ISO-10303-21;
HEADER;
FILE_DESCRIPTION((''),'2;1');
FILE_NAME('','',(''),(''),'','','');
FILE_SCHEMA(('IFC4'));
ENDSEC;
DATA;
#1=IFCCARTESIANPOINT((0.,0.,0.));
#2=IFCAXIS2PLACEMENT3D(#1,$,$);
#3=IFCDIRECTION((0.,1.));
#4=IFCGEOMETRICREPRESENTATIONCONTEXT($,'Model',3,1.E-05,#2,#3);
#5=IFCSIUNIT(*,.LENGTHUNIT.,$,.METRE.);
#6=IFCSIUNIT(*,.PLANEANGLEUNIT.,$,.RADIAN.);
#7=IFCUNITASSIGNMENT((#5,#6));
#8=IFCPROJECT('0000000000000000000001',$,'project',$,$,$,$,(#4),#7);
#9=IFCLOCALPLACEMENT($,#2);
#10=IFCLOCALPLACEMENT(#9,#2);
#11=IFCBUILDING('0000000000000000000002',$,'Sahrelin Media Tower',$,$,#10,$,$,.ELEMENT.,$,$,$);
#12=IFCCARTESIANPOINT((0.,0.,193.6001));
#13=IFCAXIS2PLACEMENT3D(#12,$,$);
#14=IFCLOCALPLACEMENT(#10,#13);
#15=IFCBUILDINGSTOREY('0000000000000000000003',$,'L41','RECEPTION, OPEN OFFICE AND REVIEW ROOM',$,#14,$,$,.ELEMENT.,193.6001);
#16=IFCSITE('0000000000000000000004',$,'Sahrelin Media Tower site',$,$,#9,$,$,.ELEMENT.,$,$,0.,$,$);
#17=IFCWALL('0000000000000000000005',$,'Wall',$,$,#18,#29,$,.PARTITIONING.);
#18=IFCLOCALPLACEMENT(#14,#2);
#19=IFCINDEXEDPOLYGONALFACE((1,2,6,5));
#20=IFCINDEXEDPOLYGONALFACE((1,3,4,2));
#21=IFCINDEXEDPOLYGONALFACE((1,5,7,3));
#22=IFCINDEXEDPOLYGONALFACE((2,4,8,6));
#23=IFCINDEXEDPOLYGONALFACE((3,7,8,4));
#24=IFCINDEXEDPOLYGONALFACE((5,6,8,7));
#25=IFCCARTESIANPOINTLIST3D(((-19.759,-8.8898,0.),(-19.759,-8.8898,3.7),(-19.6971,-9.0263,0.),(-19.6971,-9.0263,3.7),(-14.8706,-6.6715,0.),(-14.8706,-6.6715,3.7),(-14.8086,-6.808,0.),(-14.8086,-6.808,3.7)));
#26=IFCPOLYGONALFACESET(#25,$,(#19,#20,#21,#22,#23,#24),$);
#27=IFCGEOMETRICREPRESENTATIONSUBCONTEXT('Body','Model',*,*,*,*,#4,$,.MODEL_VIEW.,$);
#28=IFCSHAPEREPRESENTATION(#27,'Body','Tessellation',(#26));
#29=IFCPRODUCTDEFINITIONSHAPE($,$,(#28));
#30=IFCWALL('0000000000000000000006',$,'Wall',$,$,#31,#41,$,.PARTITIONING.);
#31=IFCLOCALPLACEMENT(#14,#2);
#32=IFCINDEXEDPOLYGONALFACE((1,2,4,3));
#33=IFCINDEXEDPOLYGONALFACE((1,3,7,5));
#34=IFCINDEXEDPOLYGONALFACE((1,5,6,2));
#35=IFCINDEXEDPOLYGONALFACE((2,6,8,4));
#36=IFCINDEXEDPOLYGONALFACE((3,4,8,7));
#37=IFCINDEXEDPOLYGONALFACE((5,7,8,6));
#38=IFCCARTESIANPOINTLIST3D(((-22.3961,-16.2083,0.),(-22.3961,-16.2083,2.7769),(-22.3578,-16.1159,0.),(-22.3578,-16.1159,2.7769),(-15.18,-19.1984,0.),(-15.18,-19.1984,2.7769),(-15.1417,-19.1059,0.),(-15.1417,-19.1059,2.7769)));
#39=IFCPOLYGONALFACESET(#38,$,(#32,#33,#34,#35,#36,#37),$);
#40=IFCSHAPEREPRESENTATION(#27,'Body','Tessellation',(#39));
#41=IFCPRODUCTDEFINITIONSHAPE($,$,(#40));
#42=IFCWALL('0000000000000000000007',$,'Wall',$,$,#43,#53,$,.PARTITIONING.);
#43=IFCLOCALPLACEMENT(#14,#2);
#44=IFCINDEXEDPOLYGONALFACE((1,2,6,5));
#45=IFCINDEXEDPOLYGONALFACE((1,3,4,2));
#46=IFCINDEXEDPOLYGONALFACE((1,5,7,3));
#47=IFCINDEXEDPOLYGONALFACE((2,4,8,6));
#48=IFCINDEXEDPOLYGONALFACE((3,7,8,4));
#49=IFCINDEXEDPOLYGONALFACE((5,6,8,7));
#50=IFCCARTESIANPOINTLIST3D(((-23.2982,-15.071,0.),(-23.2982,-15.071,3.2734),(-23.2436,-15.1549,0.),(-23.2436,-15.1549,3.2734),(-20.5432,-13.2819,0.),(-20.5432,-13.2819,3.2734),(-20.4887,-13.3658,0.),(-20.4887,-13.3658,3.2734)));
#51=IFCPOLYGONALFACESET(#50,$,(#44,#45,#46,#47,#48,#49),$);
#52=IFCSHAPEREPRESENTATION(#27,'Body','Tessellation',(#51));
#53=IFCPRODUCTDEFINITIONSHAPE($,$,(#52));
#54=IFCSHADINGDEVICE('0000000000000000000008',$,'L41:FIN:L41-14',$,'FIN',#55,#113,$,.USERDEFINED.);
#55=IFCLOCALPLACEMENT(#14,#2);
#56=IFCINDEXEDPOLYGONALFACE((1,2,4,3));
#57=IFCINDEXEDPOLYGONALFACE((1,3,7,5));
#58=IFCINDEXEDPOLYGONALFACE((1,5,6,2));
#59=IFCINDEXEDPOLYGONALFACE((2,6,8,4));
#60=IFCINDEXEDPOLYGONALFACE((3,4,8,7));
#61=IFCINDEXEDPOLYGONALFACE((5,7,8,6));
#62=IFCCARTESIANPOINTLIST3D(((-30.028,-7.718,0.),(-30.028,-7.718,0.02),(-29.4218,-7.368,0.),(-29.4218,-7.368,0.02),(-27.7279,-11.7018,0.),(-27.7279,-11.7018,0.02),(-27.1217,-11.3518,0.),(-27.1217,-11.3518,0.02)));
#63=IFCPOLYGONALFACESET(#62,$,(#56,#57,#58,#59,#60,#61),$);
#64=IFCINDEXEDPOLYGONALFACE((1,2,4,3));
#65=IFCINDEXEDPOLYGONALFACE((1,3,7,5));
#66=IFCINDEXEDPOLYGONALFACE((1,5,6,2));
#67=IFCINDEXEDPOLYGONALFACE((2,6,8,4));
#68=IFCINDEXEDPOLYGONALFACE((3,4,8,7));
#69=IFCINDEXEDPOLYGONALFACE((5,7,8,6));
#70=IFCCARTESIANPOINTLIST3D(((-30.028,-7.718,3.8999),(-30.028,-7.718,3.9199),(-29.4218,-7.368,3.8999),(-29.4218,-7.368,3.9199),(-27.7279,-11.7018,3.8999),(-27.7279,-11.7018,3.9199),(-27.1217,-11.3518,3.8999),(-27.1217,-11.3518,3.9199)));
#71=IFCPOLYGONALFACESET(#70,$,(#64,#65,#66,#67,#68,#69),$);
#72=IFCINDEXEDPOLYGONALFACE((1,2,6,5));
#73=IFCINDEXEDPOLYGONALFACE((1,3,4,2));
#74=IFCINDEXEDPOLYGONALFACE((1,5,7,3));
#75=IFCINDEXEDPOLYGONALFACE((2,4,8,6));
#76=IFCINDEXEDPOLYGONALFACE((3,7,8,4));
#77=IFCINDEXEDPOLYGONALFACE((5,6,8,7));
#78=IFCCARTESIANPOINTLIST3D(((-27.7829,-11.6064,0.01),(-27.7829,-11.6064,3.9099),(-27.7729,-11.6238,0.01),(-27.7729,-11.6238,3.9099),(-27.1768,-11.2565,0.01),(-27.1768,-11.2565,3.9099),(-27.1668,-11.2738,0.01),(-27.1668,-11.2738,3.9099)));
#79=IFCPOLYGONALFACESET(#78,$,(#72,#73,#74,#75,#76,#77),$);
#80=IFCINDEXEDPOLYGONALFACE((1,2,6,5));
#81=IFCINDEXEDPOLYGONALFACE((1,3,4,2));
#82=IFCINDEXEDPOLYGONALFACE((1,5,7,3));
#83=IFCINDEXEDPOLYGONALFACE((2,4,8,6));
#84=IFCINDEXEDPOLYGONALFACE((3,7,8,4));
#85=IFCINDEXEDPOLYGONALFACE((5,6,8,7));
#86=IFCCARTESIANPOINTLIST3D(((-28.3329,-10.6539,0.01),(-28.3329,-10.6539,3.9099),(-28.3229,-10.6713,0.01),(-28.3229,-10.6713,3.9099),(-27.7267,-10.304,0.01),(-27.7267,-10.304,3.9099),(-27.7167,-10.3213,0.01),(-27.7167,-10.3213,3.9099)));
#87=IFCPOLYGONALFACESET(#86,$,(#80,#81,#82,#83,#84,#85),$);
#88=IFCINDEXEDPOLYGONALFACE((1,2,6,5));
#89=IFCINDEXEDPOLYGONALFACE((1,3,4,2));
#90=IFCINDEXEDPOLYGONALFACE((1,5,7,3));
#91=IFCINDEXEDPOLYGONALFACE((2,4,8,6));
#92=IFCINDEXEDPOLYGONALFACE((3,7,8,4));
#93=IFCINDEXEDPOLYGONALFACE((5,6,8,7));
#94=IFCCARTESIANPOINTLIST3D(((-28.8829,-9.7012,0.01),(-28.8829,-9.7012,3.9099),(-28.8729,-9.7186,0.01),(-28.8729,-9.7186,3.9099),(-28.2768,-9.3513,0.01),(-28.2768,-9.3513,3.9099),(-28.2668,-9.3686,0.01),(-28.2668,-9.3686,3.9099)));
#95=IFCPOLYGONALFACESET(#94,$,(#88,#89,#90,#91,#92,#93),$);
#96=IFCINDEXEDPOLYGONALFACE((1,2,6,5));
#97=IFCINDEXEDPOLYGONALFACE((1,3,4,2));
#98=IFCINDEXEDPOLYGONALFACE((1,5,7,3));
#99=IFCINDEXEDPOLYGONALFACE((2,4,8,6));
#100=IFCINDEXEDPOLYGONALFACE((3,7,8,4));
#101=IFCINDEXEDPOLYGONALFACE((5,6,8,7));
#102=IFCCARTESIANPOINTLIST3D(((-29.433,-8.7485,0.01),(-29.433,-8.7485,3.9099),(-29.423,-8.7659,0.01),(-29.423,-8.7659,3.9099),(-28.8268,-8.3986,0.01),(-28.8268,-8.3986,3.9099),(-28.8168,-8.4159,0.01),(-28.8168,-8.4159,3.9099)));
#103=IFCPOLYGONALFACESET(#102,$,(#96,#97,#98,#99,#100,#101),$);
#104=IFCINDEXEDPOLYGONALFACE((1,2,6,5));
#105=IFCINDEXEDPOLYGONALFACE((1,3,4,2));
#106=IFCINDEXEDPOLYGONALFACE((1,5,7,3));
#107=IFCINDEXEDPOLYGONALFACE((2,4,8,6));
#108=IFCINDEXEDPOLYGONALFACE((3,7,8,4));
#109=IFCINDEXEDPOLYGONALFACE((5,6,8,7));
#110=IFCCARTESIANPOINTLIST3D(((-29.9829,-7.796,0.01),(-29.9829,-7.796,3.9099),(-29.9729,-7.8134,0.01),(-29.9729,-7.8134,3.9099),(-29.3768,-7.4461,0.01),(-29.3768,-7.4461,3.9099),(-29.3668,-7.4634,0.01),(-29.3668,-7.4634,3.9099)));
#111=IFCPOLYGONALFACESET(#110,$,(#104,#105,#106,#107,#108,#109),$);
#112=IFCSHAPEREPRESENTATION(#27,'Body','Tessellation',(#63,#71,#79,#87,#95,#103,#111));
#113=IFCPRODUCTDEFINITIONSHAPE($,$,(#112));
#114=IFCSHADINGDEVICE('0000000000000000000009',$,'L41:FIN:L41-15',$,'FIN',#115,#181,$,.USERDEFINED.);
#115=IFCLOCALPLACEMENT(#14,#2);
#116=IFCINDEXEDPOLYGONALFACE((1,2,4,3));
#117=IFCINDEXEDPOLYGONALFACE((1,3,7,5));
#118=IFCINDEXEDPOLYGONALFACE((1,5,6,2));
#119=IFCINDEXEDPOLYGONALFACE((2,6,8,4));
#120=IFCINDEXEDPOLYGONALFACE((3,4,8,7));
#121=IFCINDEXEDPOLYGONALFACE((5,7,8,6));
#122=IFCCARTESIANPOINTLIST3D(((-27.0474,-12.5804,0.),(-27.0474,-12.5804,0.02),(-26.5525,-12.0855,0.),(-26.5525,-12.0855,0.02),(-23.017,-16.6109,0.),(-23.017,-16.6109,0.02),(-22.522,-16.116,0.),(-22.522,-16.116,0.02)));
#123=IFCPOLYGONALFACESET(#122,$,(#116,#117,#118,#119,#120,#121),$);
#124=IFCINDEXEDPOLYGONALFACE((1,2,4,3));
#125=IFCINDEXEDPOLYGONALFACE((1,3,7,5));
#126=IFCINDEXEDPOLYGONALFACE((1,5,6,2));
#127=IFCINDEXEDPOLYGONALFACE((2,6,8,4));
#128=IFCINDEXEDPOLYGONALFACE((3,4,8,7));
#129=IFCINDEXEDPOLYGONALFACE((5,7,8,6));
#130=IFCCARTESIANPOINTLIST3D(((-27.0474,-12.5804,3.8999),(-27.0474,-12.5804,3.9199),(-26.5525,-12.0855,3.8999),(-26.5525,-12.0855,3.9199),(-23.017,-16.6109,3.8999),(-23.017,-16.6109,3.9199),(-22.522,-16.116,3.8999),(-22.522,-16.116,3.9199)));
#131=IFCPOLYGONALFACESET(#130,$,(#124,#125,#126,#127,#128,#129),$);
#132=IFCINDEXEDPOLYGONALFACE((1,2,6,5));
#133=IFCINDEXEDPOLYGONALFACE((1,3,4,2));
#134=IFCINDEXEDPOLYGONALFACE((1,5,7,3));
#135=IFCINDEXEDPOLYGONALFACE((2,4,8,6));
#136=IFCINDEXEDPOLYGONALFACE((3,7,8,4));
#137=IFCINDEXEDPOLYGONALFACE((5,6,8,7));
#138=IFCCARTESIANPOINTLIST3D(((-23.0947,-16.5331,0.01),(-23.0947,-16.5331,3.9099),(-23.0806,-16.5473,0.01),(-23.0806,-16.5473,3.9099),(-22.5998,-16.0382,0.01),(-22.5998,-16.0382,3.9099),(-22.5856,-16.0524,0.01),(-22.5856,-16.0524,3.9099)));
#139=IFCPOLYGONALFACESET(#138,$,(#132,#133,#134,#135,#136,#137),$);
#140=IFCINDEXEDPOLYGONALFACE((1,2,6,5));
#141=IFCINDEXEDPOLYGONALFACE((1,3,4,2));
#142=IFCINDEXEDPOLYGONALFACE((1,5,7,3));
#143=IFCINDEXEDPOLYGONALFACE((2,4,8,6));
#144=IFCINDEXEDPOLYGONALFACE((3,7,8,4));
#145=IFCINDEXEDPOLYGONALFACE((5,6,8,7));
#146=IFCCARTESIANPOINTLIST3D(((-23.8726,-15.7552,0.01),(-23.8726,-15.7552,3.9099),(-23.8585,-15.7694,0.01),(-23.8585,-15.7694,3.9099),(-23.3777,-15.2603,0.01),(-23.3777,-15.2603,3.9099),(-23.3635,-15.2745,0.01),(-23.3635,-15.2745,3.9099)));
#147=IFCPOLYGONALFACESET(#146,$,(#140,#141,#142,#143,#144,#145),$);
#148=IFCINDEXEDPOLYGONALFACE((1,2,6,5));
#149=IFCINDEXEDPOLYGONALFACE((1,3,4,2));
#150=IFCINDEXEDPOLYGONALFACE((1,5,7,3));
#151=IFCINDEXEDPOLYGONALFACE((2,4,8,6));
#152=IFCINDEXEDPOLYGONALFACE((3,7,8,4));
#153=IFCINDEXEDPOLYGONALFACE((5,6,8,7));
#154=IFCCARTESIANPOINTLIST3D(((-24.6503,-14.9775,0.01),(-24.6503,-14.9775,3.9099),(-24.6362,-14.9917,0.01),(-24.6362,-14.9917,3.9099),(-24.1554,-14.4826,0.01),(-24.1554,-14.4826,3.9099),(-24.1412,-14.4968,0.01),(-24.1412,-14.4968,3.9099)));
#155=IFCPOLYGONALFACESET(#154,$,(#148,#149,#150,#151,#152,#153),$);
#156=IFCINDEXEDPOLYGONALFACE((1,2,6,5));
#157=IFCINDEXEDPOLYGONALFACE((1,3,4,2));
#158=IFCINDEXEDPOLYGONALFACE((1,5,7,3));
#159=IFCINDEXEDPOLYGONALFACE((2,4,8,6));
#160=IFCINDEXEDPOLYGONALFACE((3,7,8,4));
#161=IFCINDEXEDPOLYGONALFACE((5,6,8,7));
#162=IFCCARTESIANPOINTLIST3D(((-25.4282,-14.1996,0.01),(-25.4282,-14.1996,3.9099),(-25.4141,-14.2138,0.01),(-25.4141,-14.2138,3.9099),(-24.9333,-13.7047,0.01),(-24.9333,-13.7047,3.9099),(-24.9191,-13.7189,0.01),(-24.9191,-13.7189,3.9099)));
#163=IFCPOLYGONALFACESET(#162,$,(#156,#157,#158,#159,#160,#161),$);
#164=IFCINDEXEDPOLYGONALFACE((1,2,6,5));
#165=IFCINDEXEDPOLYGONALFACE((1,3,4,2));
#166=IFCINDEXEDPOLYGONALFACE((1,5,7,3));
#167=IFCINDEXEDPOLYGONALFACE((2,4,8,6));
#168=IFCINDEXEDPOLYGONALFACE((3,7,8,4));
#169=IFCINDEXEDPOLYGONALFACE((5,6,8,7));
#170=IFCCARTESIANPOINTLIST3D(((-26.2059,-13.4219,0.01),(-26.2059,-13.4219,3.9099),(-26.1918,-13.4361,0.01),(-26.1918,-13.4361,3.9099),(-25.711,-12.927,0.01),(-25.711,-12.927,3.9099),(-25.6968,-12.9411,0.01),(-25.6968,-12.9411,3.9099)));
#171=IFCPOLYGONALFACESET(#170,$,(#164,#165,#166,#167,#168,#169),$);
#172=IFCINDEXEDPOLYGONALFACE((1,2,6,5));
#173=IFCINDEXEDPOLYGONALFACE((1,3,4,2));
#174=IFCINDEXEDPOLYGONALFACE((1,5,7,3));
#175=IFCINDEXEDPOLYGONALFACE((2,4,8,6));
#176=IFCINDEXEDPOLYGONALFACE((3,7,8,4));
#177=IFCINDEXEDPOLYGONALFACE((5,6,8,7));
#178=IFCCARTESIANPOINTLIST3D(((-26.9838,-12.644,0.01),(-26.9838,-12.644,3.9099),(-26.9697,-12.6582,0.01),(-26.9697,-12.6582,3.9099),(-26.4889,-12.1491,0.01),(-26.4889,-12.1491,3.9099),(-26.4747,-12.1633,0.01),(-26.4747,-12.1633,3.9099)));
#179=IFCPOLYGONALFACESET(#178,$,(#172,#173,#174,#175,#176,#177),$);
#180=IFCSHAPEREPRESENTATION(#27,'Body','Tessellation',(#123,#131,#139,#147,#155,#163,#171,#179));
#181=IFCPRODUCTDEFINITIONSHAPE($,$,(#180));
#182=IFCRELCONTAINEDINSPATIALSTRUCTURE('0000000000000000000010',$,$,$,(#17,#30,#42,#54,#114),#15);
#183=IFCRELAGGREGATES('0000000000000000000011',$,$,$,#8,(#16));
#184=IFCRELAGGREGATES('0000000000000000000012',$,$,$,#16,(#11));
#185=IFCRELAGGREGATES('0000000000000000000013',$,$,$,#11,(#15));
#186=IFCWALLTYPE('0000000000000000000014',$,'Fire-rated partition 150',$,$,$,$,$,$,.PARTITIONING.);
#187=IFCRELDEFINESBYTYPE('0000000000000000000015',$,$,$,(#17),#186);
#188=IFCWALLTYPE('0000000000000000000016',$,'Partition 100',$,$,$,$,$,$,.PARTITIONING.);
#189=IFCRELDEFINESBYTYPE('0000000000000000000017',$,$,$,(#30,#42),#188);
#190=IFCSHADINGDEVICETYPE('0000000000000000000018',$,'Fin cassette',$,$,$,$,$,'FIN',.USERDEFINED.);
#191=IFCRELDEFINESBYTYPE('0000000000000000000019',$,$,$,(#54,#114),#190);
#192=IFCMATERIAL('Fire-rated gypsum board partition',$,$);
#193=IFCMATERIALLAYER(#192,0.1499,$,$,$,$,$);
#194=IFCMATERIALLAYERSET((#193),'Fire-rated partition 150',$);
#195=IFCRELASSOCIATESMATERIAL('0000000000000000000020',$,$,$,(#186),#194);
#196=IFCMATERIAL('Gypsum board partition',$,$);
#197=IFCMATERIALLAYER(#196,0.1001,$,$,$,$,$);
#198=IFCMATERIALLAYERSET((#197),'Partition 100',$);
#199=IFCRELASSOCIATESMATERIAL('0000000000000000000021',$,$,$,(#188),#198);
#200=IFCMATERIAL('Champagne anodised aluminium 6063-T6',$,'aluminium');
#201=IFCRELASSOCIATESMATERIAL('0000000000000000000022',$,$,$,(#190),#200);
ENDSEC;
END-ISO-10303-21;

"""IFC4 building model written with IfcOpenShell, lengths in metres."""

from ifc_helpers import new_model, si_unit, direction, frame, frame_2d, origin, origin_2d, place, context, subcontext, project, spatial, rectangle, extrude, material, layer, layer_set, type_object, element, save


model = new_model("IFC4")

# Units and contexts
model_context = context("Model", 3, precision=1e-05, world=origin(), true_north=direction((0.0, 1.0)))
body_context = subcontext(model_context, "Body", "Model", "MODEL_VIEW")
ifc_project = project(units=[si_unit("LENGTHUNIT", "METRE"), si_unit("PLANEANGLEUNIT", "RADIAN")], contexts=[model_context])

# Site, building, storey
site_placement = place(None, origin())
site = spatial("IfcSite", under=ifc_project, at=site_placement, Name="Sahrelin Media Tower site", CompositionType="ELEMENT", RefElevation=0.0)
building_placement = place(site_placement, origin())
building = spatial("IfcBuilding", under=site, at=building_placement, Name="Sahrelin Media Tower", CompositionType="ELEMENT")
storey_placement = place(building_placement, frame((0.0, 0.0, 193.6001)))
storey = spatial("IfcBuildingStorey", under=building, at=storey_placement, Name="L41", Description="RECEPTION, OPEN OFFICE AND REVIEW ROOM", CompositionType="ELEMENT", Elevation=193.6001)

# Shared definitions
ifc_material_1 = material(Name="Champagne anodised aluminium 6063-T6", Category="aluminium")

# Shared definitions
ifc_material_2 = material(Name="Fire-rated gypsum board partition")
ifc_layer_1 = layer(ifc_material_2, 0.1499)
ifc_layer_set_1 = layer_set([ifc_layer_1], Name="Fire-rated partition 150")
wall_type_1 = type_object("IfcWallType", Name="Fire-rated partition 150", PredefinedType="PARTITIONING", material=ifc_layer_set_1)

# Walls
wall_1_placement = place(storey_placement, frame((-19.728, -8.958, 0.0), z_axis=(0.0, 0.0, 1.0), x_axis=(0.91063, 0.413224, 0.0)))
element("IfcWall", 1, at=wall_1_placement, inside=storey, type_object=wall_type_1, Name="Wall", PredefinedType="PARTITIONING", context=body_context, shape_type="SweptSolid", body=[
    extrude(rectangle(XDim=5.3682, YDim=0.1499, at=frame_2d((2.6841, 0.0))), origin(), (0.0, 0.0, 1.0), 3.7),
])
ifc_material_3 = material(Name="Gypsum board partition")
ifc_layer_2 = layer(ifc_material_3, 0.1001)
ifc_layer_set_2 = layer_set([ifc_layer_2], Name="Partition 100")
wall_type_2 = type_object("IfcWallType", Name="Partition 100", PredefinedType="PARTITIONING", material=ifc_layer_set_2)
wall_2_placement = place(storey_placement, frame((-22.377, -16.1621, 0.0), z_axis=(0.0, 0.0, 1.0), x_axis=(0.923834, -0.382793, 0.0)))
element("IfcWall", 2, at=wall_2_placement, inside=storey, type_object=wall_type_2, Name="Wall", PredefinedType="PARTITIONING", context=body_context, shape_type="SweptSolid", body=[
    extrude(rectangle(XDim=7.811, YDim=0.1001, at=frame_2d((3.9055, 0.0))), origin(), (0.0, 0.0, 1.0), 2.7769),
])
wall_3_placement = place(storey_placement, frame((-23.271, -15.113, 0.0), z_axis=(0.0, 0.0, 1.0), x_axis=(0.838668, 0.544643, 0.0)))
element("IfcWall", 3, at=wall_3_placement, inside=storey, type_object=wall_type_2, Name="Wall", PredefinedType="PARTITIONING", context=body_context, shape_type="SweptSolid", body=[
    extrude(rectangle(XDim=3.2849, YDim=0.1001, at=frame_2d((1.6426, 0.0))), origin(), (0.0, 0.0, 1.0), 3.2734),
])

# Shading devices
shading_device_type_1 = type_object("IfcShadingDeviceType", Name="Fin cassette", ElementType="FIN", PredefinedType="USERDEFINED", material=ifc_material_1)
placement_1 = place(storey_placement, frame((-28.2112, -9.325, 0.0), z_axis=(0.0, 0.0, 1.0), x_axis=(-0.500011, 0.866019, 0.0)))
element("IfcShadingDevice", 4, at=placement_1, inside=storey, type_object=shading_device_type_1, Name="L41:FIN:L41-14", ObjectType="FIN", PredefinedType="USERDEFINED", context=body_context, shape_type="SweptSolid", body=[
    extrude(rectangle(XDim=4.6001, YDim=0.7, at=origin_2d()), frame((0.0, 0.4199, 0.0)), (0.0, 0.0, 1.0), 0.02),
    extrude(rectangle(XDim=4.6001, YDim=0.7, at=origin_2d()), frame((0.0, 0.4199, 3.8999)), (0.0, 0.0, 1.0), 0.02),
    extrude(rectangle(XDim=0.02, YDim=0.7, at=origin_2d()), frame((-2.2, 0.4199, 0.01), z_axis=(0.0, 0.0, 1.0), x_axis=(1.0, 0.0, 0.0)), (0.0, 0.0, 1.0), 3.8999),
    extrude(rectangle(XDim=0.02, YDim=0.7, at=origin_2d()), frame((-1.1001, 0.4199, 0.01), z_axis=(0.0, 0.0, 1.0), x_axis=(1.0, 0.0, 0.0)), (0.0, 0.0, 1.0), 3.8999),
    extrude(rectangle(XDim=0.02, YDim=0.7, at=origin_2d()), frame((0.0, 0.4199, 0.01), z_axis=(0.0, 0.0, 1.0), x_axis=(1.0, 0.0, 0.0)), (0.0, 0.0, 1.0), 3.8999),
    extrude(rectangle(XDim=0.02, YDim=0.7, at=origin_2d()), frame((1.1001, 0.4199, 0.01), z_axis=(0.0, 0.0, 1.0), x_axis=(1.0, 0.0, 0.0)), (0.0, 0.0, 1.0), 3.8999),
    extrude(rectangle(XDim=0.02, YDim=0.7, at=origin_2d()), frame((2.2, 0.4199, 0.01), z_axis=(0.0, 0.0, 1.0), x_axis=(1.0, 0.0, 0.0)), (0.0, 0.0, 1.0), 3.8999),
])
placement_2 = place(storey_placement, frame((-24.4878, -14.0513, 0.0), z_axis=(0.0, 0.0, 1.0), x_axis=(-0.707107, 0.707107, 0.0)))
element("IfcShadingDevice", 5, at=placement_2, inside=storey, type_object=shading_device_type_1, Name="L41:FIN:L41-15", ObjectType="FIN", PredefinedType="USERDEFINED", context=body_context, shape_type="SweptSolid", body=[
    extrude(rectangle(XDim=5.7, YDim=0.7, at=origin_2d()), frame((0.0, 0.4199, 0.0)), (0.0, 0.0, 1.0), 0.02),
    extrude(rectangle(XDim=5.7, YDim=0.7, at=origin_2d()), frame((0.0, 0.4199, 3.8999)), (0.0, 0.0, 1.0), 0.02),
    extrude(rectangle(XDim=0.02, YDim=0.7, at=origin_2d()), frame((-2.75, 0.4199, 0.01), z_axis=(0.0, 0.0, 1.0), x_axis=(1.0, 0.0, 0.0)), (0.0, 0.0, 1.0), 3.8999),
    extrude(rectangle(XDim=0.02, YDim=0.7, at=origin_2d()), frame((-1.6499, 0.4199, 0.01), z_axis=(0.0, 0.0, 1.0), x_axis=(1.0, 0.0, 0.0)), (0.0, 0.0, 1.0), 3.8999),
    extrude(rectangle(XDim=0.02, YDim=0.7, at=origin_2d()), frame((-0.55, 0.4199, 0.01), z_axis=(0.0, 0.0, 1.0), x_axis=(1.0, 0.0, 0.0)), (0.0, 0.0, 1.0), 3.8999),
    extrude(rectangle(XDim=0.02, YDim=0.7, at=origin_2d()), frame((0.55, 0.4199, 0.01), z_axis=(0.0, 0.0, 1.0), x_axis=(1.0, 0.0, 0.0)), (0.0, 0.0, 1.0), 3.8999),
    extrude(rectangle(XDim=0.02, YDim=0.7, at=origin_2d()), frame((1.6499, 0.4199, 0.01), z_axis=(0.0, 0.0, 1.0), x_axis=(1.0, 0.0, 0.0)), (0.0, 0.0, 1.0), 3.8999),
    extrude(rectangle(XDim=0.02, YDim=0.7, at=origin_2d()), frame((2.75, 0.4199, 0.01), z_axis=(0.0, 0.0, 1.0), x_axis=(1.0, 0.0, 0.0)), (0.0, 0.0, 1.0), 3.8999),
])

save(model, "model.ifc")
